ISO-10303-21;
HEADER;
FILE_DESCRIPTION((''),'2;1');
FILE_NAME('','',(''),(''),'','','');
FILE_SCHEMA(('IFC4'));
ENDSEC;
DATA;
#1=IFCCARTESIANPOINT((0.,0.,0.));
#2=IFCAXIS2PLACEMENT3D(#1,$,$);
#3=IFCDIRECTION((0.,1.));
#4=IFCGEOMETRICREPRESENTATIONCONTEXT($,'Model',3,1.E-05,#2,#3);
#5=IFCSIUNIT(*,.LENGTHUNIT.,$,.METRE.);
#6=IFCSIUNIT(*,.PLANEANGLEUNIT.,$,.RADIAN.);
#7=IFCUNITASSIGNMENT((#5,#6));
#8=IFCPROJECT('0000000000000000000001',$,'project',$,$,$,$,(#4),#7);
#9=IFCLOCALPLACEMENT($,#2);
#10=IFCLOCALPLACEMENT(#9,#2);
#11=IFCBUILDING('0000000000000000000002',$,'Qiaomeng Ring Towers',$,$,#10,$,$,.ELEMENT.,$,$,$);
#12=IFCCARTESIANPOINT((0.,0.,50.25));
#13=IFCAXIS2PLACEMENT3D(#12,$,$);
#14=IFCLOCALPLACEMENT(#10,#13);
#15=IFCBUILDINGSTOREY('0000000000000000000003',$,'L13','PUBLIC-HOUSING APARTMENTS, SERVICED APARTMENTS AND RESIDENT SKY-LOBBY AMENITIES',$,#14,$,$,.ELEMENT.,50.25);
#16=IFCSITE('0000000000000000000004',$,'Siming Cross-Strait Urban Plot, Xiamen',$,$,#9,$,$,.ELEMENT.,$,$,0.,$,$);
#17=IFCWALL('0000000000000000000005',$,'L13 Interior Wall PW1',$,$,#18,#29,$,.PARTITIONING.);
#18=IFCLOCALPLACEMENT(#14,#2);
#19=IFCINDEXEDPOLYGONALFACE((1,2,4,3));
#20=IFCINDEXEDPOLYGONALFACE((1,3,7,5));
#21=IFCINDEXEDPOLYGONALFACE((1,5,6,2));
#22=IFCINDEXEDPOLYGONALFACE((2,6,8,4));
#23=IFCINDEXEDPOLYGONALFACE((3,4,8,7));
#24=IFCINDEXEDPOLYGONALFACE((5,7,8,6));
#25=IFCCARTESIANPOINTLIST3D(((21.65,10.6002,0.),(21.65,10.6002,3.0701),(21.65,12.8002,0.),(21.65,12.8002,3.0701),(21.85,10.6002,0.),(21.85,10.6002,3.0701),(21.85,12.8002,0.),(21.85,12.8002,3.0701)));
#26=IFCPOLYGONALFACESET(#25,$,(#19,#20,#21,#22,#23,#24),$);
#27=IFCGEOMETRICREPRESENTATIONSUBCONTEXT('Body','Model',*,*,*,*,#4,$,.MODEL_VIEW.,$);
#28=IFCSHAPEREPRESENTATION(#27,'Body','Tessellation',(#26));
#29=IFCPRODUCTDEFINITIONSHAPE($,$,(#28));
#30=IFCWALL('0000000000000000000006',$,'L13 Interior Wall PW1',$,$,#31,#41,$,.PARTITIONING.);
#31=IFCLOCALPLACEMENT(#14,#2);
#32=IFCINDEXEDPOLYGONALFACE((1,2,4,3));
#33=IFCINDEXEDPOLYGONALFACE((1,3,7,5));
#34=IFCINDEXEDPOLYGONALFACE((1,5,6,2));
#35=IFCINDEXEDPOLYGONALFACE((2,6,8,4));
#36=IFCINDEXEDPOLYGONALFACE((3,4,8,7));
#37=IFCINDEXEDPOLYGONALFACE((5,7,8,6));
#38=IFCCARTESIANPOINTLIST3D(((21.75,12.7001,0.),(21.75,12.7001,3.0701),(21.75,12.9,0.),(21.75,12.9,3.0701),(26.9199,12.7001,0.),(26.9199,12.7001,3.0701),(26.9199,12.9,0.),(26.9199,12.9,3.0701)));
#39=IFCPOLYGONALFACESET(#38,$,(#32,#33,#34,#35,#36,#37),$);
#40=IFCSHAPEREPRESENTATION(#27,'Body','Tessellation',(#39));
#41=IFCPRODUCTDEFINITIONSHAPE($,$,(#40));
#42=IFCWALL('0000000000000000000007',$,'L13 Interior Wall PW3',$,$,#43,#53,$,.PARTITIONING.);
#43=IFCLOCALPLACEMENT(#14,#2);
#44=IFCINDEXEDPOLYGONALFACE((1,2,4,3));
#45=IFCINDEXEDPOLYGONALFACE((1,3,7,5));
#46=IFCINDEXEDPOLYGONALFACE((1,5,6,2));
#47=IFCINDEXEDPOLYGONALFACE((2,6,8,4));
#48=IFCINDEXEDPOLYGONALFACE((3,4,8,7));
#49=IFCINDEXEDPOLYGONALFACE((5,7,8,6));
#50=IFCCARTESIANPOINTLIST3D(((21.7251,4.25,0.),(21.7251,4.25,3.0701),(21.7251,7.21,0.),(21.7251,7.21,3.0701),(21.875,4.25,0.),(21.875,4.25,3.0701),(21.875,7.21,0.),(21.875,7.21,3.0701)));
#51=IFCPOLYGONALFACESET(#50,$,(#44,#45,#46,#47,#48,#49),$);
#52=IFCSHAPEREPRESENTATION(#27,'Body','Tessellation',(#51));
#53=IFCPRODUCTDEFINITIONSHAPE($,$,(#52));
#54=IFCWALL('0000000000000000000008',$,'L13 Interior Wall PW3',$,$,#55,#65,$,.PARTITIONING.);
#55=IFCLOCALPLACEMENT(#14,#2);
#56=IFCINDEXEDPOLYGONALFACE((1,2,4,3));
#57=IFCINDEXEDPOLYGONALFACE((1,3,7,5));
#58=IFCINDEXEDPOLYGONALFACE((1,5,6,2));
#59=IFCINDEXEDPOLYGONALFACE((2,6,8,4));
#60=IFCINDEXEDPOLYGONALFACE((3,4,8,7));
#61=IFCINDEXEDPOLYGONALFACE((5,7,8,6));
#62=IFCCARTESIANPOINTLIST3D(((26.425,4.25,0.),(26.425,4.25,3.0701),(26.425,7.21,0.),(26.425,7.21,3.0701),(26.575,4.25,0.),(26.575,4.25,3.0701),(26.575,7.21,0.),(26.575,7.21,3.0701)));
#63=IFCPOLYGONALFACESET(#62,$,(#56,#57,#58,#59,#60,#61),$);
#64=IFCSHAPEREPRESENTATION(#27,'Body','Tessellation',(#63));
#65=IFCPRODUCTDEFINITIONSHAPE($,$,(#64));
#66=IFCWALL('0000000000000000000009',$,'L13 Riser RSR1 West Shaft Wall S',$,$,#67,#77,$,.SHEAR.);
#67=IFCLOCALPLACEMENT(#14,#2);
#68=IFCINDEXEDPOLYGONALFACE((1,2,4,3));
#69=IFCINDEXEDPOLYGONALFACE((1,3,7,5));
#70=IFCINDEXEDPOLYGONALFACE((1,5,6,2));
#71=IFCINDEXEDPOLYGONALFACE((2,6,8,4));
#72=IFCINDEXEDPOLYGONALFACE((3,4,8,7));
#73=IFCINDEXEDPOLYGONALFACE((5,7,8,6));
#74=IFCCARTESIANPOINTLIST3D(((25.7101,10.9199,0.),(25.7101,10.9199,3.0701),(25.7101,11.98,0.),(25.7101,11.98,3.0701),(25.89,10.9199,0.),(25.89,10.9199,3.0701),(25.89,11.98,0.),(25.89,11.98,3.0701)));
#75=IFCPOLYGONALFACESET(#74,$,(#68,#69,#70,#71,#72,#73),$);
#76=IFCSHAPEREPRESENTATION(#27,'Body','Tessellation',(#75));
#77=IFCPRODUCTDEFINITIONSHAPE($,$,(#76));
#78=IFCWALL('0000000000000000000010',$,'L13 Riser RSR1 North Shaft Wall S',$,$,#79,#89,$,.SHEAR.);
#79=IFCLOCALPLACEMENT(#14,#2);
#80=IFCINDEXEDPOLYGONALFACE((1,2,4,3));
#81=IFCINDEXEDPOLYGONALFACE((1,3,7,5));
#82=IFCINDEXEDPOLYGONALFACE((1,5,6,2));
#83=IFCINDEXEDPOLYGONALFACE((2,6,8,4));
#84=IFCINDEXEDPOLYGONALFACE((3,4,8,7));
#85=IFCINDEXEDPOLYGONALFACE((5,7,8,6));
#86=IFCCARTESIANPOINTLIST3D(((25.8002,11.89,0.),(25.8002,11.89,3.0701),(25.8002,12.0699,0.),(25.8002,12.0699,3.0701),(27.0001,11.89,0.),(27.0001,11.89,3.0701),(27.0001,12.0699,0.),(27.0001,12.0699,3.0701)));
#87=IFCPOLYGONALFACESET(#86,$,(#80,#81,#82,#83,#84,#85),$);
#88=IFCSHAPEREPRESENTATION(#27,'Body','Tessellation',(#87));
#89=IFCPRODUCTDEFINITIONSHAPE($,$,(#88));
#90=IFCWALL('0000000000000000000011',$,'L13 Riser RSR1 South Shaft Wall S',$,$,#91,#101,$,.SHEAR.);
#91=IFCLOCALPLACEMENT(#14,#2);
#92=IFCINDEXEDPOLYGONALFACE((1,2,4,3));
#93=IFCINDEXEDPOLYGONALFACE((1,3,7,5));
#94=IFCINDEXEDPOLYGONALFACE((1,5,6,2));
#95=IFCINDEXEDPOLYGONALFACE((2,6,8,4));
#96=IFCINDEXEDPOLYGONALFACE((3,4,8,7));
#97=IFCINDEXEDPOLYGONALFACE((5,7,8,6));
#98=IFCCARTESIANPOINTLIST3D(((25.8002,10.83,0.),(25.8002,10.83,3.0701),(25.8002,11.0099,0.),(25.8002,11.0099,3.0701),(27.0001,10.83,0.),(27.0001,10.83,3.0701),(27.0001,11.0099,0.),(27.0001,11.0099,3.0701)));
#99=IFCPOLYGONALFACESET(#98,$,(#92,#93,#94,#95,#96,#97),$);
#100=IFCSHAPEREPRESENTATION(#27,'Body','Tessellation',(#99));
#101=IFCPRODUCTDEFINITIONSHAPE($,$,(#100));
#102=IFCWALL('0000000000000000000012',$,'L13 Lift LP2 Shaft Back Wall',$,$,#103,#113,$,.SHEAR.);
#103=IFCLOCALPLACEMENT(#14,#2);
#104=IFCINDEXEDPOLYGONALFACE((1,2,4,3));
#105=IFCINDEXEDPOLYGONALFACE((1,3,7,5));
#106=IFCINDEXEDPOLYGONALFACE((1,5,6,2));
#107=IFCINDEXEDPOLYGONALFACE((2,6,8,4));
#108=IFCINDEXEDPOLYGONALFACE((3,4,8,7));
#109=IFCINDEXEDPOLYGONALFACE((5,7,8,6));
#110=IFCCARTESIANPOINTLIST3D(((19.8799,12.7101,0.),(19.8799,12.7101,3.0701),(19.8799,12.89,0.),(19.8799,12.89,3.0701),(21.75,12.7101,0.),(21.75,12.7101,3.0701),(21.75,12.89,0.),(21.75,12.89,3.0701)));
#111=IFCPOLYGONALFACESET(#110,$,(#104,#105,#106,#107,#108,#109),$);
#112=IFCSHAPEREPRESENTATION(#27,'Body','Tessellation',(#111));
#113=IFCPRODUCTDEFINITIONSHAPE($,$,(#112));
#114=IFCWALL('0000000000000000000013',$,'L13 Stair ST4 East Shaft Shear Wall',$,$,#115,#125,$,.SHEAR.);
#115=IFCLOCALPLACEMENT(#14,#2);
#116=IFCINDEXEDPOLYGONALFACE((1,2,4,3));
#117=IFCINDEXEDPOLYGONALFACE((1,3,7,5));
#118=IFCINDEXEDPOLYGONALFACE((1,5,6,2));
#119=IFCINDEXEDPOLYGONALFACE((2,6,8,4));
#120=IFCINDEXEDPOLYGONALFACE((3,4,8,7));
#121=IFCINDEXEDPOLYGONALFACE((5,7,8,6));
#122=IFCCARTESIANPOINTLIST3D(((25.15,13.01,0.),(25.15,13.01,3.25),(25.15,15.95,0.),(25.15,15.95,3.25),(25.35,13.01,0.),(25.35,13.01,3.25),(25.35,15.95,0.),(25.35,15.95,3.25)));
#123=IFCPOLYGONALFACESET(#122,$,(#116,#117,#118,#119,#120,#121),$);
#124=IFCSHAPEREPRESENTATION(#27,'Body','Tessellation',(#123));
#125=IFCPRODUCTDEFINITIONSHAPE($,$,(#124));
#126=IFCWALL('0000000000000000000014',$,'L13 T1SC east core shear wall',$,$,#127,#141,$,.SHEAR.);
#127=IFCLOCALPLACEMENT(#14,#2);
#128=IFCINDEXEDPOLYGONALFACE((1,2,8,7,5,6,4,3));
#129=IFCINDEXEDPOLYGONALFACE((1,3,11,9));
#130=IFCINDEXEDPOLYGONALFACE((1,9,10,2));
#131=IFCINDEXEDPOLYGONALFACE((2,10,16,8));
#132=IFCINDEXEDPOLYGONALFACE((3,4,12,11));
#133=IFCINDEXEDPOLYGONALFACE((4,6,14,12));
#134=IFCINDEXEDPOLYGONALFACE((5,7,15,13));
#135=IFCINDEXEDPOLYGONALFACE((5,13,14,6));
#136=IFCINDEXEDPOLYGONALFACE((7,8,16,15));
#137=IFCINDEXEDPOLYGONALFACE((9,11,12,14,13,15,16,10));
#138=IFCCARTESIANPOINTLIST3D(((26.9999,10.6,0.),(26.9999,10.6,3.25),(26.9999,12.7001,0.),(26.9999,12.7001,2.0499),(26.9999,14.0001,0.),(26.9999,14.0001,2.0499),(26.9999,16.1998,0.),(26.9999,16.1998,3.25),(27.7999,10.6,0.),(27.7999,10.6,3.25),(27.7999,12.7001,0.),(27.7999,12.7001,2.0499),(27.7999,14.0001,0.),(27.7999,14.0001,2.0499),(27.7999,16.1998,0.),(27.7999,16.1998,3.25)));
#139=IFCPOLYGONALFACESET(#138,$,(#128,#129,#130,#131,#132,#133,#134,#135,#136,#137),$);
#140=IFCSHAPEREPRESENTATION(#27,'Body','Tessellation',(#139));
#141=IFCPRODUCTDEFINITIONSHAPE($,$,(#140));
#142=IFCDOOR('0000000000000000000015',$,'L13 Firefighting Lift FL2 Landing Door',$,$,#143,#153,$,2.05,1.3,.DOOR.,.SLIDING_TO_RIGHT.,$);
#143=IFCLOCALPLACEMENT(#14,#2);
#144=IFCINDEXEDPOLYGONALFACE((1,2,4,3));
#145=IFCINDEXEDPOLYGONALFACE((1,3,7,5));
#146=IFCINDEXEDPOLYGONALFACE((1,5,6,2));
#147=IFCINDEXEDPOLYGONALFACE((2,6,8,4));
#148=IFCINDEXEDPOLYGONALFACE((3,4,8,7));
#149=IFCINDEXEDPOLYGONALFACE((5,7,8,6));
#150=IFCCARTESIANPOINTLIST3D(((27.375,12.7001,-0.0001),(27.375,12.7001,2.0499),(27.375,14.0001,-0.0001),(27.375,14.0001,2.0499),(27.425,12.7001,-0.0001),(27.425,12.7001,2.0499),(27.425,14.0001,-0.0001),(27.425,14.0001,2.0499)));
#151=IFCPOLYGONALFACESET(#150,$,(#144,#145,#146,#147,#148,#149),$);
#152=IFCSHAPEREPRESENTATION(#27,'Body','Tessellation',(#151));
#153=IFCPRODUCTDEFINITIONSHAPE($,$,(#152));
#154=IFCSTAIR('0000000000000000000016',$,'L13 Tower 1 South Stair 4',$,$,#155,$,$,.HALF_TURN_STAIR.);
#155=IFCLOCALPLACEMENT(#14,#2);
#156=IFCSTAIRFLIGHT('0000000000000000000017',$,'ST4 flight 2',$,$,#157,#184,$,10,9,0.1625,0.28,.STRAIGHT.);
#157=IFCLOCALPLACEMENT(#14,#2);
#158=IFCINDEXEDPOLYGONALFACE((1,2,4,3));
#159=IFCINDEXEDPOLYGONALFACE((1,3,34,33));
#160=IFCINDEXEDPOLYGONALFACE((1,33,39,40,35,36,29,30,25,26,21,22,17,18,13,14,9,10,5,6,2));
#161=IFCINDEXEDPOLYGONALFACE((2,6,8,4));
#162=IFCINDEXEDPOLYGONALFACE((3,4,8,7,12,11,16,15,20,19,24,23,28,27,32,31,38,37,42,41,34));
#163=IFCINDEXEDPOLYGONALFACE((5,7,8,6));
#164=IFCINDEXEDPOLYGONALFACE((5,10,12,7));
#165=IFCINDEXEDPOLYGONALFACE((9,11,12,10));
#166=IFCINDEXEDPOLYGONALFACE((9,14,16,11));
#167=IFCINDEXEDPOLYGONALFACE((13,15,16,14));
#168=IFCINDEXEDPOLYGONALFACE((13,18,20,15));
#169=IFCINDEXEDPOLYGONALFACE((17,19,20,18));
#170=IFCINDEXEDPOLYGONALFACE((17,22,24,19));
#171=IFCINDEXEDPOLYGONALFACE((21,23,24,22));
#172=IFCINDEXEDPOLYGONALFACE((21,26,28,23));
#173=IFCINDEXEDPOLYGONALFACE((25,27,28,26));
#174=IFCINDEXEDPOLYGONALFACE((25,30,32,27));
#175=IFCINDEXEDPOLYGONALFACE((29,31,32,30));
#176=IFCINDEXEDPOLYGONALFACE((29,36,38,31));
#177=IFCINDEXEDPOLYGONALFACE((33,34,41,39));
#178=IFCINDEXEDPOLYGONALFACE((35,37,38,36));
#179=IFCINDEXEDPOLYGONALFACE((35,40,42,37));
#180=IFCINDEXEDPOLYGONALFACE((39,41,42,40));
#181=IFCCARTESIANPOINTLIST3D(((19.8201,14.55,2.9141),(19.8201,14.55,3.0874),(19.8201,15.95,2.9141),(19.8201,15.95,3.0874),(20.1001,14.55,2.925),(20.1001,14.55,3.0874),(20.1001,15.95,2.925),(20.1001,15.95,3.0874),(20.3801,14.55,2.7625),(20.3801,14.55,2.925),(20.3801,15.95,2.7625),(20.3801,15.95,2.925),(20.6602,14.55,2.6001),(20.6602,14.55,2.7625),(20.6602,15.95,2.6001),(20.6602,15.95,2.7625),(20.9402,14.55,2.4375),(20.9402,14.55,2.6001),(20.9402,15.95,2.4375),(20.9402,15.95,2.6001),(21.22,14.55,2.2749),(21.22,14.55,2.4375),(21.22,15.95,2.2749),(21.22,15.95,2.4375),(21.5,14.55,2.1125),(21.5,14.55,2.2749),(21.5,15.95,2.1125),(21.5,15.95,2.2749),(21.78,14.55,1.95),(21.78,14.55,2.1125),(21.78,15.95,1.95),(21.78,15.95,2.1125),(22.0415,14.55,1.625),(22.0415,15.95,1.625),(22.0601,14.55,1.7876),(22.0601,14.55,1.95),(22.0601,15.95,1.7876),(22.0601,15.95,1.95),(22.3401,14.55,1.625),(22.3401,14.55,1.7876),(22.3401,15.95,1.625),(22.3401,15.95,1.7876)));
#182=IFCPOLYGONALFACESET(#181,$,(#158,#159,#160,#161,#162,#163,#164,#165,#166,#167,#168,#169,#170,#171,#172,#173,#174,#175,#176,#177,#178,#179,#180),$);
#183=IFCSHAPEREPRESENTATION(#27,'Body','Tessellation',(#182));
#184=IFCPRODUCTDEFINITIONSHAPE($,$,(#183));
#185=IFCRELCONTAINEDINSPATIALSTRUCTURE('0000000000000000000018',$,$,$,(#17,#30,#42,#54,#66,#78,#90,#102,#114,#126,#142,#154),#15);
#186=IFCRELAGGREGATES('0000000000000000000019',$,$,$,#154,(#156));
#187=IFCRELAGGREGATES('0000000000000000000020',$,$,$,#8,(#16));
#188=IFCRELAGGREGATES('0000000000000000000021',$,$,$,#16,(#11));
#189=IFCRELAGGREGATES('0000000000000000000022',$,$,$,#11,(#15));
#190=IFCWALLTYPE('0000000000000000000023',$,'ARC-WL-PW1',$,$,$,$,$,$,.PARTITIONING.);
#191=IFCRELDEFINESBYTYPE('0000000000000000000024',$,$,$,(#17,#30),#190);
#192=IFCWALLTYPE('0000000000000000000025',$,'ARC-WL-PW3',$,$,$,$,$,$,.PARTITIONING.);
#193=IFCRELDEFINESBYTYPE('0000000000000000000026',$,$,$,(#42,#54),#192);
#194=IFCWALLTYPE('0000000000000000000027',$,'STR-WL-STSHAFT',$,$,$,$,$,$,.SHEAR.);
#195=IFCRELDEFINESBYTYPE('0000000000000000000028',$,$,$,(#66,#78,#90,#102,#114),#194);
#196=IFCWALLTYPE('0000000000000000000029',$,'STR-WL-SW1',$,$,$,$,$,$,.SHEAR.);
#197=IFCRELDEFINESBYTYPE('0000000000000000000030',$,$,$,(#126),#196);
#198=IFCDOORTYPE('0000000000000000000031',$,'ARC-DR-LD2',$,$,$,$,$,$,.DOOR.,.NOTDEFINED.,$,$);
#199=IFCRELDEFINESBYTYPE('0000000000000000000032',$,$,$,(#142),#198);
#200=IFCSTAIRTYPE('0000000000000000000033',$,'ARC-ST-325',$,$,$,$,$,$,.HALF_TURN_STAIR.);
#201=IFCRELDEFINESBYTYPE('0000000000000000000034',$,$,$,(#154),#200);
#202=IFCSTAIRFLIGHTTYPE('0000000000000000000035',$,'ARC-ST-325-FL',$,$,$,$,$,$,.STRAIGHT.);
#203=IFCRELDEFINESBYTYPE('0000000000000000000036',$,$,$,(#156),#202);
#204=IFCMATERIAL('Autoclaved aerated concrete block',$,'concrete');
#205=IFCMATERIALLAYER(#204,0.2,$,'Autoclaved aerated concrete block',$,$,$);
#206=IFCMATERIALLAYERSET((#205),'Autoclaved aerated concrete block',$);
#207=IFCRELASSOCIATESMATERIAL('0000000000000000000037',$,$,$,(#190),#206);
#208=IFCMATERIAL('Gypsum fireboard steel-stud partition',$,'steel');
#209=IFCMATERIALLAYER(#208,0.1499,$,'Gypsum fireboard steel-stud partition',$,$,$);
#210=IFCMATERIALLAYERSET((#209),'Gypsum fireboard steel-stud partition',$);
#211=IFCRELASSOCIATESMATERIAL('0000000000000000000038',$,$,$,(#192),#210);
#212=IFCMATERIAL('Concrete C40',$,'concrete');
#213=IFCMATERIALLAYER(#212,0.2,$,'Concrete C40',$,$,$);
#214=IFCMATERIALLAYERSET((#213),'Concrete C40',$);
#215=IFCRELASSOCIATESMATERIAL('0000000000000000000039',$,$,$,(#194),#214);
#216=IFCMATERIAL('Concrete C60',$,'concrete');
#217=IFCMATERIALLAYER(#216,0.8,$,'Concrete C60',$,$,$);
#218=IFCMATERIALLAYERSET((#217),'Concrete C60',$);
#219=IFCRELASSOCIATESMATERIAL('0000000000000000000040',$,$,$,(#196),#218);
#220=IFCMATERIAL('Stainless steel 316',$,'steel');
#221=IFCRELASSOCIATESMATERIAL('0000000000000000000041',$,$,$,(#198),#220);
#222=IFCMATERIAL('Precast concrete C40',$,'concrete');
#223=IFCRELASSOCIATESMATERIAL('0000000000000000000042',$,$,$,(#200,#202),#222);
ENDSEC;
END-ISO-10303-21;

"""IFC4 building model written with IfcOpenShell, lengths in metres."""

from ifc_helpers import new_model, si_unit, direction, frame, frame_2d, origin, place, context, subcontext, project, spatial, polyline, rectangle, outline, extrude, source, transform, mapped, material, layer, layer_set, type_object, element, fill, aggregate, save


model = new_model("IFC4")

# Units and contexts
model_context = context("Model", 3, precision=1e-05, world=origin(), true_north=direction((0.0, 1.0)))
body_context = subcontext(model_context, "Body", "Model", "MODEL_VIEW")
ifc_project = project(units=[si_unit("LENGTHUNIT", "METRE"), si_unit("PLANEANGLEUNIT", "RADIAN")], contexts=[model_context])

# Site, building, storey
site_placement = place(None, origin())
site = spatial("IfcSite", under=ifc_project, at=site_placement, Name="Siming Cross-Strait Urban Plot, Xiamen", CompositionType="ELEMENT", RefElevation=0.0)
building_placement = place(site_placement, origin())
building = spatial("IfcBuilding", under=site, at=building_placement, Name="Qiaomeng Ring Towers", CompositionType="ELEMENT")
storey_placement = place(building_placement, frame((0.0, 0.0, 50.25)))
storey = spatial("IfcBuildingStorey", under=building, at=storey_placement, Name="L13", Description="PUBLIC-HOUSING APARTMENTS, SERVICED APARTMENTS AND RESIDENT SKY-LOBBY AMENITIES", CompositionType="ELEMENT", Elevation=50.25)

# Shared definitions
ifc_material_1 = material(Name="Autoclaved aerated concrete block", Category="concrete")
ifc_layer_1 = layer(ifc_material_1, 0.2, Name="Autoclaved aerated concrete block")
ifc_layer_set_1 = layer_set([ifc_layer_1], Name="Autoclaved aerated concrete block")
wall_type_1 = type_object("IfcWallType", Name="ARC-WL-PW1", PredefinedType="PARTITIONING", material=ifc_layer_set_1)

# Walls
wall_1_placement = place(storey_placement, frame((21.75, 10.6001, 0.0), z_axis=(0.0, 0.0, 1.0), x_axis=(0.0, 1.0, 0.0)))
element("IfcWall", 1, at=wall_1_placement, inside=storey, type_object=wall_type_1, Name="L13 Interior Wall PW1", PredefinedType="PARTITIONING", context=body_context, shape_type="SweptSolid", body=[
    extrude(rectangle(XDim=2.2, YDim=0.2, at=frame_2d((1.1001, 0.0))), origin(), (0.0, 0.0, 1.0), 3.0701),
])
wall_2_placement = place(storey_placement, frame((21.75, 12.8, 0.0), z_axis=(0.0, 0.0, 1.0), x_axis=(1.0, 0.0, 0.0)))
element("IfcWall", 2, at=wall_2_placement, inside=storey, type_object=wall_type_1, Name="L13 Interior Wall PW1", PredefinedType="PARTITIONING", context=body_context, shape_type="SweptSolid", body=[
    extrude(rectangle(XDim=5.1699, YDim=0.2, at=frame_2d((2.585, 0.0))), origin(), (0.0, 0.0, 1.0), 3.0701),
])
ifc_material_2 = material(Name="Gypsum fireboard steel-stud partition", Category="steel")
ifc_layer_2 = layer(ifc_material_2, 0.1499, Name="Gypsum fireboard steel-stud partition")
ifc_layer_set_2 = layer_set([ifc_layer_2], Name="Gypsum fireboard steel-stud partition")
wall_type_2 = type_object("IfcWallType", Name="ARC-WL-PW3", PredefinedType="PARTITIONING", material=ifc_layer_set_2)
for number, where, z_axis, x_axis, name in (
    (3, (21.8, 4.25, 0.0), (0.0, 0.0, 1.0), (0.0, 1.0, 0.0), "L13 Interior Wall PW3"),
    (4, (26.5, 4.25, 0.0), (0.0, 0.0, 1.0), (0.0, 1.0, 0.0), "L13 Interior Wall PW3"),
):
    element("IfcWall", number, at=place(storey_placement, frame(where, z_axis=z_axis, x_axis=x_axis)), inside=storey, type_object=wall_type_2, Name=name, PredefinedType="PARTITIONING", context=body_context, shape_type="SweptSolid", body=[
        extrude(rectangle(XDim=2.96, YDim=0.1499, at=frame_2d((1.48, 0.0))), origin(), (0.0, 0.0, 1.0), 3.0701),
    ])
ifc_material_3 = material(Name="Concrete C40", Category="concrete")
ifc_layer_3 = layer(ifc_material_3, 0.2, Name="Concrete C40")
ifc_layer_set_3 = layer_set([ifc_layer_3], Name="Concrete C40")
wall_type_3 = type_object("IfcWallType", Name="STR-WL-STSHAFT", PredefinedType="SHEAR", material=ifc_layer_set_3)
wall_3_placement = place(storey_placement, frame((25.8, 10.9199, 0.0), z_axis=(0.0, 0.0, 1.0), x_axis=(0.0, 1.0, 0.0)))
element("IfcWall", 5, at=wall_3_placement, inside=storey, type_object=wall_type_3, Name="L13 Riser RSR1 West Shaft Wall S", PredefinedType="SHEAR", context=body_context, shape_type="SweptSolid", body=[
    extrude(rectangle(XDim=1.0601, YDim=0.1799, at=frame_2d((0.53, 0.0))), origin(), (0.0, 0.0, 1.0), 3.0701),
])
for number, where, z_axis, x_axis, name in (
    (6, (25.8, 11.98, 0.0), (0.0, 0.0, 1.0), (1.0, 0.0, 0.0), "L13 Riser RSR1 North Shaft Wall S"),
    (7, (25.8, 10.9199, 0.0), (0.0, 0.0, 1.0), (1.0, 0.0, 0.0), "L13 Riser RSR1 South Shaft Wall S"),
):
    element("IfcWall", number, at=place(storey_placement, frame(where, z_axis=z_axis, x_axis=x_axis)), inside=storey, type_object=wall_type_3, Name=name, PredefinedType="SHEAR", context=body_context, shape_type="SweptSolid", body=[
        extrude(rectangle(XDim=1.2, YDim=0.1799, at=frame_2d((0.6001, 0.0))), origin(), (0.0, 0.0, 1.0), 3.0701),
    ])
wall_4_placement = place(storey_placement, frame((19.8799, 12.8, 0.0), z_axis=(0.0, 0.0, 1.0), x_axis=(1.0, 0.0, 0.0)))
element("IfcWall", 8, at=wall_4_placement, inside=storey, type_object=wall_type_3, Name="L13 Lift LP2 Shaft Back Wall", PredefinedType="SHEAR", context=body_context, shape_type="SweptSolid", body=[
    extrude(rectangle(XDim=1.8701, YDim=0.1799, at=frame_2d((0.9351, 0.0))), origin(), (0.0, 0.0, 1.0), 3.0701),
])
wall_5_placement = place(storey_placement, frame((25.25, 13.01, 0.0), z_axis=(0.0, 0.0, 1.0), x_axis=(0.0, 1.0, 0.0)))
element("IfcWall", 9, at=wall_5_placement, inside=storey, type_object=wall_type_3, Name="L13 Stair ST4 East Shaft Shear Wall", PredefinedType="SHEAR", context=body_context, shape_type="SweptSolid", body=[
    extrude(rectangle(XDim=2.9399, YDim=0.2, at=frame_2d((1.47, 0.0))), origin(), (0.0, 0.0, 1.0), 3.25),
])

# Wall, opening, door
ifc_material_4 = material(Name="Concrete C60", Category="concrete")
ifc_layer_4 = layer(ifc_material_4, 0.8, Name="Concrete C60")
ifc_layer_set_4 = layer_set([ifc_layer_4], Name="Concrete C60")
wall_type_4 = type_object("IfcWallType", Name="STR-WL-SW1", PredefinedType="SHEAR", material=ifc_layer_set_4)
wall_6_placement = place(storey_placement, frame((27.3999, 10.6001, 0.0), z_axis=(0.0, 0.0, 1.0), x_axis=(0.0, 1.0, 0.0)))
wall_6 = element("IfcWall", 10, at=wall_6_placement, inside=storey, type_object=wall_type_4, Name="L13 T1SC east core shear wall", PredefinedType="SHEAR", context=body_context, shape_type="SweptSolid", body=[
    extrude(rectangle(XDim=5.5999, YDim=0.8, at=frame_2d((2.7998, 0.0))), origin(), (0.0, 0.0, 1.0), 3.25),
])
opening_1_placement = place(wall_6_placement, frame((2.1001, 0.0, 0.0)))
opening_1 = element("IfcOpeningElement", 11, at=opening_1_placement, cuts=wall_6, PredefinedType="OPENING", context=body_context, shape_type="SweptSolid", body=[
    extrude(rectangle(XDim=1.3, YDim=2.05, at=frame_2d((0.6499, 1.0249))), frame((0.0, 0.4099, 0.0), z_axis=(0.0, -1.0, 0.0), x_axis=(1.0, 0.0, 0.0)), (0.0, 0.0, 1.0), 0.8201),
])
ifc_material_5 = material(Name="Stainless steel 316", Category="steel")
door_type_1 = type_object("IfcDoorType", Name="ARC-DR-LD2", OperationType="NOTDEFINED", PredefinedType="DOOR", material=ifc_material_5)
shared_shape_1 = source(origin(), body_context, "Body", "SweptSolid", [
    extrude(rectangle(XDim=1.3, YDim=2.05, at=frame_2d((0.6499, 1.0249))), frame((0.0, 0.0249, 0.0), z_axis=(0.0, -1.0, 0.0), x_axis=(1.0, 0.0, 0.0)), (0.0, 0.0, 1.0), 0.05),
])
door_1_placement = place(opening_1_placement, origin())
door_1 = element("IfcDoor", 12, at=door_1_placement, inside=storey, type_object=door_type_1, Name="L13 Firefighting Lift FL2 Landing Door", OperationType="SLIDING_TO_RIGHT", OverallHeight=2.05, OverallWidth=1.3, PredefinedType="DOOR", context=body_context, shape_type="MappedRepresentation", body=[
    mapped(shared_shape_1, transform((0.0, 0.0, 0.0), x_axis=(1.0, 0.0, 0.0), y_axis=(0.0, 1.0, 0.0), z_axis=(0.0, 0.0, 1.0), scale=1.0)),
])
fill(opening_1, door_1)

# Stair, stair flight
ifc_material_6 = material(Name="Precast concrete C40", Category="concrete")
stair_type = type_object("IfcStairType", Name="ARC-ST-325", PredefinedType="HALF_TURN_STAIR", material=ifc_material_6)
stair_placement = place(storey_placement, origin())
stair = element("IfcStair", 13, at=stair_placement, inside=storey, type_object=stair_type, Name="L13 Tower 1 South Stair 4", PredefinedType="HALF_TURN_STAIR")
stair_flight_type = type_object("IfcStairFlightType", Name="ARC-ST-325-FL", PredefinedType="STRAIGHT", material=ifc_material_6)
shared_shape_2 = source(origin(), body_context, "Body", "SweptSolid", [
    extrude(outline(polyline([(0.0, 0.0), (0.0, 0.1626), (0.28, 0.1626), (0.28, 0.325), (0.5601, 0.325), (0.5601, 0.4875), (0.8401, 0.4875), (0.8401, 0.6499), (1.1201, 0.6499), (1.1201, 0.8125), (1.3999, 0.8125), (1.3999, 0.9751), (1.6799, 0.9751), (1.6799, 1.1375), (1.96, 1.1375), (1.96, 1.3), (2.24, 1.3), (2.24, 1.4624), (2.52, 1.4624), (2.52, 1.625), (2.52, 1.2891), (0.2986, 0.0), (0.0, 0.0)])), frame((0.0, 0.7, 0.0), z_axis=(0.0, -1.0, 0.0), x_axis=(1.0, 0.0, 0.0)), (0.0, 0.0, 1.0), 1.3999),
])
stair_flight_placement = place(storey_placement, frame((22.3401, 15.25, 1.625), z_axis=(0.0, 0.0, 1.0), x_axis=(-1.0, 0.0, 0.0)))
stair_flight = element("IfcStairFlight", 14, at=stair_flight_placement, type_object=stair_flight_type, Name="ST4 flight 2", NumberOfRisers=10, NumberOfTreads=9, PredefinedType="STRAIGHT", RiserHeight=0.1625, TreadLength=0.28, context=body_context, shape_type="MappedRepresentation", body=[
    mapped(shared_shape_2, transform((0.0, 0.0, 0.0), x_axis=(1.0, 0.0, 0.0), y_axis=(0.0, 1.0, 0.0), z_axis=(0.0, 0.0, 1.0), scale=1.0)),
])
aggregate(stair, [stair_flight])

save(model, "model.ifc")
